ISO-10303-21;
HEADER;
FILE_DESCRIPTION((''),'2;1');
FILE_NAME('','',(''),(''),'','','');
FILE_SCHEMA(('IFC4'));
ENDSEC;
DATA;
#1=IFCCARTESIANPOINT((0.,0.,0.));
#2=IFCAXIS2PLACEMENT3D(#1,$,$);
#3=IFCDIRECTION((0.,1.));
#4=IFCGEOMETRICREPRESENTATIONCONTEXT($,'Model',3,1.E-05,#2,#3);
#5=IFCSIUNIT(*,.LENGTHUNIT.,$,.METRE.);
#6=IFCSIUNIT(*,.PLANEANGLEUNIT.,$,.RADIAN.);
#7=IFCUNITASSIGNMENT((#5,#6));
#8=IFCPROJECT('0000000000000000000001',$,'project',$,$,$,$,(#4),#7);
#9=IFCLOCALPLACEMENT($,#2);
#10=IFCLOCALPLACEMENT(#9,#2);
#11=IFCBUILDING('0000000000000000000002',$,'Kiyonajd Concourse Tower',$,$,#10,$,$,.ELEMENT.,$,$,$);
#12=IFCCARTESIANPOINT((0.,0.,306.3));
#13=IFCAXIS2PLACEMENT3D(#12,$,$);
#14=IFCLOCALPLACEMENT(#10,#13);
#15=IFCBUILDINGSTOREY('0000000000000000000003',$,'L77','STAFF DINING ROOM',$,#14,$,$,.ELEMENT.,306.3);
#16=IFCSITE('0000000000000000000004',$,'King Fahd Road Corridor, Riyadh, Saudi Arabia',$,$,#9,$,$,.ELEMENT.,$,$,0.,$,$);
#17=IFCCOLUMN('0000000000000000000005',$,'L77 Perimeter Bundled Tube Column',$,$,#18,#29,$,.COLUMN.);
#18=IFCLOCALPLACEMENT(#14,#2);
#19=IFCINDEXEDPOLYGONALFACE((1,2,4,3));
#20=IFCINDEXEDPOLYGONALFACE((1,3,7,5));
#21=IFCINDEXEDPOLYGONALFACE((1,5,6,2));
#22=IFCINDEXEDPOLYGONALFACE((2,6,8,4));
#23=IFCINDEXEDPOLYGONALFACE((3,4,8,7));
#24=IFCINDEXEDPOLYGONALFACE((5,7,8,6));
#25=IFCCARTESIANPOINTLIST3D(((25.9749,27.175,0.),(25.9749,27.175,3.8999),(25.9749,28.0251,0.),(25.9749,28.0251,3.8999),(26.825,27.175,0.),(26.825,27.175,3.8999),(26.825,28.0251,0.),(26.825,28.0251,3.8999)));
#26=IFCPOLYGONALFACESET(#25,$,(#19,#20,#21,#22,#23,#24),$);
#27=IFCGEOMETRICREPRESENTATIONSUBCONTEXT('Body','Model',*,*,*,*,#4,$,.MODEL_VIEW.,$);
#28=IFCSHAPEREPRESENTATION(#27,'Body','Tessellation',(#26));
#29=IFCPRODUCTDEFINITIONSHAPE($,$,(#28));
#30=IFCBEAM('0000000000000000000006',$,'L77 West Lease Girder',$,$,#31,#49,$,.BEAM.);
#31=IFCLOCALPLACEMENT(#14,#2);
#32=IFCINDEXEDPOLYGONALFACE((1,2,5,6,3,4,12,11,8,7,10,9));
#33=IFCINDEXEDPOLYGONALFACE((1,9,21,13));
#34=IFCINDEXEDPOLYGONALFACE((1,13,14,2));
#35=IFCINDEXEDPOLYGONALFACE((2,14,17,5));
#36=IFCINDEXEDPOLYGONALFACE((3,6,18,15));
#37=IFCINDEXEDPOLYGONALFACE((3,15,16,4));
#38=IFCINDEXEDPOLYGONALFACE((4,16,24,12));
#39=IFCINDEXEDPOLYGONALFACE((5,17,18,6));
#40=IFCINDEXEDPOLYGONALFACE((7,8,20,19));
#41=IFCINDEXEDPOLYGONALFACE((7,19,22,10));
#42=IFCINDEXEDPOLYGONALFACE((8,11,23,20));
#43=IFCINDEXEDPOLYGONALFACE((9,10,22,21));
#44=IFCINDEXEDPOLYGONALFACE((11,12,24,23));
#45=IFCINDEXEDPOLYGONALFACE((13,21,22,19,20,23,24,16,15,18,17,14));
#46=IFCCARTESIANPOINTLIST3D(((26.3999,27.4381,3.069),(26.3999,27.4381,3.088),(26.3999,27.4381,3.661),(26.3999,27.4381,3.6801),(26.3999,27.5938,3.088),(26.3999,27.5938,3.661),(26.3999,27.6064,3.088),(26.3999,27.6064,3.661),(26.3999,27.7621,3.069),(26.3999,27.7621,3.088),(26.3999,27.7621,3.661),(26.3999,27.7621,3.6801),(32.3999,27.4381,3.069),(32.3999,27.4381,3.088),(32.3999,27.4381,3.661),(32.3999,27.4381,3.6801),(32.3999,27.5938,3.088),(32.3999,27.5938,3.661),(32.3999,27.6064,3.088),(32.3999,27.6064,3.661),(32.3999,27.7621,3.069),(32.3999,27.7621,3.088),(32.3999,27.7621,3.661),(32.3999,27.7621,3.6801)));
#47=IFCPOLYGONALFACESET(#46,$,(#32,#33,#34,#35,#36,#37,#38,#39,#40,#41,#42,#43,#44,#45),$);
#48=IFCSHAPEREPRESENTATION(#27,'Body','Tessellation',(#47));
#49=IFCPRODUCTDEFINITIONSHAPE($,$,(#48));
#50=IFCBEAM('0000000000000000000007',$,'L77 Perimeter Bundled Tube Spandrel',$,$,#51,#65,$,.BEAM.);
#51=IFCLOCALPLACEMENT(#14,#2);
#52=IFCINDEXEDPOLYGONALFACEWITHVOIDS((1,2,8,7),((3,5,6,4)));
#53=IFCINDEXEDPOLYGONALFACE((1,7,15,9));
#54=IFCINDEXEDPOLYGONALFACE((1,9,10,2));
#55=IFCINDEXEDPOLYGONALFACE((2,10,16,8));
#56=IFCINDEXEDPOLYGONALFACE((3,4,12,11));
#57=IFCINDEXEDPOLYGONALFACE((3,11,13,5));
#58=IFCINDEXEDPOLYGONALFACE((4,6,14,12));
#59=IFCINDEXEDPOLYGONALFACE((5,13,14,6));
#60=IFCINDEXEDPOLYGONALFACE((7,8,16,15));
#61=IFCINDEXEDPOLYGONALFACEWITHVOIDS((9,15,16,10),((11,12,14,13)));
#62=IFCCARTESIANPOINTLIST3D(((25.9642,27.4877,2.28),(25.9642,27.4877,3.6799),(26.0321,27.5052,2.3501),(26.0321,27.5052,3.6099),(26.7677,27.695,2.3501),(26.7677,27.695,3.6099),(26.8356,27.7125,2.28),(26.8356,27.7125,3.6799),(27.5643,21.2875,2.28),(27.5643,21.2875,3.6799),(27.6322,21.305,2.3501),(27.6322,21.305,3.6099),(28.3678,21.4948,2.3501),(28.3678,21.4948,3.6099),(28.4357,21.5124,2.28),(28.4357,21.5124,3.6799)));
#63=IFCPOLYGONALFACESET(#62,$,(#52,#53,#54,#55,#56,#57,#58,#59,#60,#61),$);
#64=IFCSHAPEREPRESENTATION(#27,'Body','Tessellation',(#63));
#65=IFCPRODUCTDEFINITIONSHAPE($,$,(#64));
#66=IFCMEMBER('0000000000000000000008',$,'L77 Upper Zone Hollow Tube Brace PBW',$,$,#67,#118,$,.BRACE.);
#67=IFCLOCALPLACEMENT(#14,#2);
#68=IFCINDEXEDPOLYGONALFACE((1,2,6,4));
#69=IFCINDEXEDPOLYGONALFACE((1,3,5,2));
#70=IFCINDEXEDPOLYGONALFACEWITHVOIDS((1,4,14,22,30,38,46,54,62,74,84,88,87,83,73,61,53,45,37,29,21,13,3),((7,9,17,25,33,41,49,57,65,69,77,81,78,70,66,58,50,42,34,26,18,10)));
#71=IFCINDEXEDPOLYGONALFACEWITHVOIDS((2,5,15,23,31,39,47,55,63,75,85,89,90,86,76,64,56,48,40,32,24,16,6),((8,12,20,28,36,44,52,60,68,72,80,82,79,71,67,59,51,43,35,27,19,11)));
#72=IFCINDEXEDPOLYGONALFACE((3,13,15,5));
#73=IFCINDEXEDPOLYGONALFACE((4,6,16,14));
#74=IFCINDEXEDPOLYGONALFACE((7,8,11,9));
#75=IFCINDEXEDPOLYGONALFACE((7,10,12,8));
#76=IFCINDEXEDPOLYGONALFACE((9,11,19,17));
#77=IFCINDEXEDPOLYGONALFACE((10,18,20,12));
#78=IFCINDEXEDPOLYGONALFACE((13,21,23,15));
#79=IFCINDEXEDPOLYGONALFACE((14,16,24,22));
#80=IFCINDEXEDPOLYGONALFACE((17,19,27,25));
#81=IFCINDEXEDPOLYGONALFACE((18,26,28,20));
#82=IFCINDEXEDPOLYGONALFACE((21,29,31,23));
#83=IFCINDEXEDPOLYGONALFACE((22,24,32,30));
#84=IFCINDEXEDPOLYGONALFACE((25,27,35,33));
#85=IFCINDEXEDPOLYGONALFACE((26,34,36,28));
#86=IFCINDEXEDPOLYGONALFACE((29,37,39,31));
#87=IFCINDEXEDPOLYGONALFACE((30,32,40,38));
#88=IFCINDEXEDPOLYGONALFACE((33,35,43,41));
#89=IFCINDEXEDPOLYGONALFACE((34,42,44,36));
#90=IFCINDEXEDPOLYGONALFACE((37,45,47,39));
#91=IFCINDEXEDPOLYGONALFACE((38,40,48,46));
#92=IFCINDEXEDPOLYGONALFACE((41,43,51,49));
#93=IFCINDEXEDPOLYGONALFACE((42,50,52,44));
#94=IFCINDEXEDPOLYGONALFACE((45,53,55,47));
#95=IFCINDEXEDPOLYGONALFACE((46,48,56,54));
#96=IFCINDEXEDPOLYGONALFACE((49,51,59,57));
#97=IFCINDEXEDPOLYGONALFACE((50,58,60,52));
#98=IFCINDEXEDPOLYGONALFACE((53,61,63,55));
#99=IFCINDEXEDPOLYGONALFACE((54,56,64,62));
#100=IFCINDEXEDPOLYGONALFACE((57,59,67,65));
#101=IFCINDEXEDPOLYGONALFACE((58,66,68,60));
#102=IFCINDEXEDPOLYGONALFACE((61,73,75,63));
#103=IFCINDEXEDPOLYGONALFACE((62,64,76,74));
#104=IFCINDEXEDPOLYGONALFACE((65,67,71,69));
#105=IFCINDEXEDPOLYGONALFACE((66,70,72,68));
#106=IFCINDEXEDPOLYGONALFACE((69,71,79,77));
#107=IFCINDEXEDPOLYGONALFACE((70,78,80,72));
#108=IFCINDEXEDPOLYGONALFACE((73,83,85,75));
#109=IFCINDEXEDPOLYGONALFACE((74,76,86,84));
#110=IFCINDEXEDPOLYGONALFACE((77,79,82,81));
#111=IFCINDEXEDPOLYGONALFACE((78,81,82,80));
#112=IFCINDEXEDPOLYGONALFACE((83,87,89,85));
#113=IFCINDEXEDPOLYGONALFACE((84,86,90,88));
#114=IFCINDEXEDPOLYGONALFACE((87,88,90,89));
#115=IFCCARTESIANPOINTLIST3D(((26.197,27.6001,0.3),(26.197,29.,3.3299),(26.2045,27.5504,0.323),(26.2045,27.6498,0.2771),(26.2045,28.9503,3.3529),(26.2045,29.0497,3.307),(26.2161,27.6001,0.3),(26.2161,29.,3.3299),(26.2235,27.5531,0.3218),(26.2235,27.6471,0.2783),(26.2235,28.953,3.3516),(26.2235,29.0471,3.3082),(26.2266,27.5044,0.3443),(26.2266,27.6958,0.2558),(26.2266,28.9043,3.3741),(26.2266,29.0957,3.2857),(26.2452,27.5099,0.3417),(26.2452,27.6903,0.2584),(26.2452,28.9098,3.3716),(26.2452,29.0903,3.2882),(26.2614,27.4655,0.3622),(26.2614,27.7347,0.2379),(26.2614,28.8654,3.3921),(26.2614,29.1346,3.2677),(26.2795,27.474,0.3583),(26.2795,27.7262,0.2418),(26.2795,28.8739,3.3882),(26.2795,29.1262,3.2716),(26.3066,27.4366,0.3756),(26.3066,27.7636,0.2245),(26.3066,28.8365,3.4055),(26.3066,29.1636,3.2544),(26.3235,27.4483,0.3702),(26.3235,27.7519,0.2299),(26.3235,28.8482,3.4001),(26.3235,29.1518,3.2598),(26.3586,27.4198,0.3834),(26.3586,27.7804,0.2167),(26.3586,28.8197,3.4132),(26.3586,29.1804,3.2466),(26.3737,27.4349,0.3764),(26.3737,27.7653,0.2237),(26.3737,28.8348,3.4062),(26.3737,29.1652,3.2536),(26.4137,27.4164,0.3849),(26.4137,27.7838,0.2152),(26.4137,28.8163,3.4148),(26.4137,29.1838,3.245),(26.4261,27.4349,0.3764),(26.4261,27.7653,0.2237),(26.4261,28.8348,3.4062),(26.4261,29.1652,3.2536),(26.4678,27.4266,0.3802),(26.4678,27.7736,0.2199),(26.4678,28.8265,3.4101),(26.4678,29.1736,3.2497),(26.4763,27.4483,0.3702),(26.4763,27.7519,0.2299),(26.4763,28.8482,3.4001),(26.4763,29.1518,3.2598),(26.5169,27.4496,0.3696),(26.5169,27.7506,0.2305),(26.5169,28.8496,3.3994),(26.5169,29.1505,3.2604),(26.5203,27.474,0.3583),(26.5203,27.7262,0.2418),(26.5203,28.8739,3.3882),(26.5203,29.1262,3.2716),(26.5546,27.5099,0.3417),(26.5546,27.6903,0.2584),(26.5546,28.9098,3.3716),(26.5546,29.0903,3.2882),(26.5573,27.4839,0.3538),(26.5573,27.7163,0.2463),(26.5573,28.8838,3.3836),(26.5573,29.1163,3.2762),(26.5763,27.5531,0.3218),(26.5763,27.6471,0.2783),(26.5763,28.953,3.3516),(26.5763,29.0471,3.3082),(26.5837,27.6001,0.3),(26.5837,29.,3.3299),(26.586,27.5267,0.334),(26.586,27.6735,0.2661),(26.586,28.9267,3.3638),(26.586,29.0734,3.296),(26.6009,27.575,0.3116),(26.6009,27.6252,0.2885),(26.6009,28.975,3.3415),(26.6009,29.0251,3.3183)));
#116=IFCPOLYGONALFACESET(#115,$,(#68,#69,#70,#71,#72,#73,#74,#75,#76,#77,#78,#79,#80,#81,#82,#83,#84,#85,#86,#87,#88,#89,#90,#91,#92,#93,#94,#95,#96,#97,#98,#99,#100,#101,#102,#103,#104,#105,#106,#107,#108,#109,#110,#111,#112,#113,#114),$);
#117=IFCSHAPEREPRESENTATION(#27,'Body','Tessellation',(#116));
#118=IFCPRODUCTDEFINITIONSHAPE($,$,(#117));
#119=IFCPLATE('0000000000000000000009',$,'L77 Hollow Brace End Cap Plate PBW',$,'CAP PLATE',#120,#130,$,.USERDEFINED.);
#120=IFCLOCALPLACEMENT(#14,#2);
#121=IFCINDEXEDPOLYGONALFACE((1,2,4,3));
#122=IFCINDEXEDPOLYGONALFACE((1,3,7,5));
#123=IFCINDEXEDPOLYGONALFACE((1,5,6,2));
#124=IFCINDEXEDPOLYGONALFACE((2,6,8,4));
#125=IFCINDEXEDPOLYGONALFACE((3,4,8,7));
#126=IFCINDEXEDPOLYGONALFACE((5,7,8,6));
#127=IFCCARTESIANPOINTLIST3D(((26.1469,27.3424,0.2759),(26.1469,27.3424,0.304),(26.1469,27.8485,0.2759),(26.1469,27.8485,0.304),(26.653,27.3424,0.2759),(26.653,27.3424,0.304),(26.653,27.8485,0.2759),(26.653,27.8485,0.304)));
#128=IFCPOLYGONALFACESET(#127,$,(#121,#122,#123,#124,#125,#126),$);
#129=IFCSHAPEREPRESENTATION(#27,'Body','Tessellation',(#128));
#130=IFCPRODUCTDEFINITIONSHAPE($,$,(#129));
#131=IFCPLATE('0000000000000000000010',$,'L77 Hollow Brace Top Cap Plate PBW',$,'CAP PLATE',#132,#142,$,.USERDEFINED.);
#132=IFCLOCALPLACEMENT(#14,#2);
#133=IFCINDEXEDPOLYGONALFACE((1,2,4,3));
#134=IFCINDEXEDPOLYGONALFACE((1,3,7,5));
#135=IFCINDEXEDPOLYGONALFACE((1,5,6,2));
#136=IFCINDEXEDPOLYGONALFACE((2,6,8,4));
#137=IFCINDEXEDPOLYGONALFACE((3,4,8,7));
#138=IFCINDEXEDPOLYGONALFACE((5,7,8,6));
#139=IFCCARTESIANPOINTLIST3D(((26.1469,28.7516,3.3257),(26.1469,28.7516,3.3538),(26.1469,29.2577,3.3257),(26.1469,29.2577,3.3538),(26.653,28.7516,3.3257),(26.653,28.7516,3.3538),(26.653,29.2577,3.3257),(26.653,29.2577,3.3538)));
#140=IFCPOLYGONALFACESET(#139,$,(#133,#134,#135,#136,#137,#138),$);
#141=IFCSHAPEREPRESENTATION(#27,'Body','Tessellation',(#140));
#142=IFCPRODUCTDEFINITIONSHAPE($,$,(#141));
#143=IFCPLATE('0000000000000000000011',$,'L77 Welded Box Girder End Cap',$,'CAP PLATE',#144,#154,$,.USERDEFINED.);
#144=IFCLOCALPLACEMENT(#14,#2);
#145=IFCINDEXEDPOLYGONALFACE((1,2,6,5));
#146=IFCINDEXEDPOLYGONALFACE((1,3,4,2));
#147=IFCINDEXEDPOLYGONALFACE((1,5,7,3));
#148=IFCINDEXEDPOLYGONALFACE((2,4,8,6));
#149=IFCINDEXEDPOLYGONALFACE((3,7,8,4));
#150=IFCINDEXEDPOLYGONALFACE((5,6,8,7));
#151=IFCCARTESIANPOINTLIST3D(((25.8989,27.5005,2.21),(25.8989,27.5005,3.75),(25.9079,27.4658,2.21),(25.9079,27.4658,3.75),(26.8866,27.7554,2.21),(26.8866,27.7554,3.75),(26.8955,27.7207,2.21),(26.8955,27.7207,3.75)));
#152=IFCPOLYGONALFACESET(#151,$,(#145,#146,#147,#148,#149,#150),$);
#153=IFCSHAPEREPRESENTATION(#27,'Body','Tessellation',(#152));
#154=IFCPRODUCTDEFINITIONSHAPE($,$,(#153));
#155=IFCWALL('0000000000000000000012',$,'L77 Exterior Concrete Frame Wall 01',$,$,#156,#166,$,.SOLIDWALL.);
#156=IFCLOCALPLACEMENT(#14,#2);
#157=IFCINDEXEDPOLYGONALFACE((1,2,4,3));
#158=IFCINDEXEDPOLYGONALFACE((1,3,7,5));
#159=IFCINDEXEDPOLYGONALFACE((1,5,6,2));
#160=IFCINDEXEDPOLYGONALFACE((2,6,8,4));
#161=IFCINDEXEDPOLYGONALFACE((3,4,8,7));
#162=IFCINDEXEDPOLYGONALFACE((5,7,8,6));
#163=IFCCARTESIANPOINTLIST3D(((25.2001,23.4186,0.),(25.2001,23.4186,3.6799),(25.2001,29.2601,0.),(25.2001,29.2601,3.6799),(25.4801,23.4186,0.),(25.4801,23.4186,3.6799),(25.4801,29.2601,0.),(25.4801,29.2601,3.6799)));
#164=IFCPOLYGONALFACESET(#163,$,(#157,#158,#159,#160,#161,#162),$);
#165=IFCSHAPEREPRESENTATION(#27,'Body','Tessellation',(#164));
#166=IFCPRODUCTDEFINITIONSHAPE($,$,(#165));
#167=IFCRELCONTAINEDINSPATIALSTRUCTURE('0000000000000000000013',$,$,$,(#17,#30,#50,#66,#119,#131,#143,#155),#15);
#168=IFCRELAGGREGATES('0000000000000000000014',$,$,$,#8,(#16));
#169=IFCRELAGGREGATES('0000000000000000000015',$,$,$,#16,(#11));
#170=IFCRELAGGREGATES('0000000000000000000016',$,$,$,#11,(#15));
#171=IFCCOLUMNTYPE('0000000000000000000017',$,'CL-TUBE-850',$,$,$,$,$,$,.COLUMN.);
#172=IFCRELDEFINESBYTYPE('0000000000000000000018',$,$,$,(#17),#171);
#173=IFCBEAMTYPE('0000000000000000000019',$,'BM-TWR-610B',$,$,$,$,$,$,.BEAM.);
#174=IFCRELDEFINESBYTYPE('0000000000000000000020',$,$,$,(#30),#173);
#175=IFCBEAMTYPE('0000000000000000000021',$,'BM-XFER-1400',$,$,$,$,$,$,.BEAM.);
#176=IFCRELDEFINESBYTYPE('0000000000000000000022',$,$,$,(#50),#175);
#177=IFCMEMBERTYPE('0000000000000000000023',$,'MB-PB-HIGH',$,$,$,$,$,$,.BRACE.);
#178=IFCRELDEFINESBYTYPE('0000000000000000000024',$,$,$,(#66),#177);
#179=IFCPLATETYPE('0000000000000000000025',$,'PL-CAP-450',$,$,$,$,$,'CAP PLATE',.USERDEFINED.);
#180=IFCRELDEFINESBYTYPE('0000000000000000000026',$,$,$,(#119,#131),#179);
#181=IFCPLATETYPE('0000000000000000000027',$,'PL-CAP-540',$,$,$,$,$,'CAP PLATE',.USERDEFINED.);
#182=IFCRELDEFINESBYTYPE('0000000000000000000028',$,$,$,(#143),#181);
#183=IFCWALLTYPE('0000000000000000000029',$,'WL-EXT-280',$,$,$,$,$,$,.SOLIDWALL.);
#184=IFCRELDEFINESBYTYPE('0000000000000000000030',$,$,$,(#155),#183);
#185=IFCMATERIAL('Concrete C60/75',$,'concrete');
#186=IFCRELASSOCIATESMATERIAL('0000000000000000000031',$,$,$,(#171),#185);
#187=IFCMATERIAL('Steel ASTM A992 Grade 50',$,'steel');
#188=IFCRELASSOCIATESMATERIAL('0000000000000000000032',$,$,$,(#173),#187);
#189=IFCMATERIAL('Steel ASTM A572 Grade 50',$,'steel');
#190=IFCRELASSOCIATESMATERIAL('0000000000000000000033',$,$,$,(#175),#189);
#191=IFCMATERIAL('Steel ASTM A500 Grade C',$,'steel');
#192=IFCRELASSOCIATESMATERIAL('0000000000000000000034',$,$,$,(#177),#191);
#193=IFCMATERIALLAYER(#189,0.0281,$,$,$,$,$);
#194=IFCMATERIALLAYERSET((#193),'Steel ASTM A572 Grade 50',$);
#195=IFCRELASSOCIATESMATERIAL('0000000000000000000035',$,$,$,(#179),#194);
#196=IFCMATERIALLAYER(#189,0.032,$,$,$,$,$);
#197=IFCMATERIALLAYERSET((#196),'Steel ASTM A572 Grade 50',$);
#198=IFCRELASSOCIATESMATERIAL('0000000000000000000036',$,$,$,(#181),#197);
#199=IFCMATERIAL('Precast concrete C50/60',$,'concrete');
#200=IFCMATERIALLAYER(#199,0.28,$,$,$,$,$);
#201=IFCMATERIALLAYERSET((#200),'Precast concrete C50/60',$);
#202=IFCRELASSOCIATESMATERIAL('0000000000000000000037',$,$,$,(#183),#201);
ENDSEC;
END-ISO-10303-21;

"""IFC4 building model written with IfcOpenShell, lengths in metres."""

from ifc_helpers import new_model, si_unit, direction, frame, frame_2d, origin, origin_2d, place, context, subcontext, project, spatial, rectangle, hollow_rectangle, hollow_circle, i_section, extrude, material, layer, layer_set, material_profile, profile_set, type_object, element, save


model = new_model("IFC4")

# Units and contexts
model_context = context("Model", 3, precision=1e-05, world=origin(), true_north=direction((0.0, 1.0)))
body_context = subcontext(model_context, "Body", "Model", "MODEL_VIEW")
ifc_project = project(units=[si_unit("LENGTHUNIT", "METRE"), si_unit("PLANEANGLEUNIT", "RADIAN")], contexts=[model_context])

# Site, building, storey
site_placement = place(None, origin())
site = spatial("IfcSite", under=ifc_project, at=site_placement, Name="King Fahd Road Corridor, Riyadh, Saudi Arabia", CompositionType="ELEMENT", RefElevation=0.0)
building_placement = place(site_placement, origin())
building = spatial("IfcBuilding", under=site, at=building_placement, Name="Kiyonajd Concourse Tower", CompositionType="ELEMENT")
storey_placement = place(building_placement, frame((0.0, 0.0, 306.3)))
storey = spatial("IfcBuildingStorey", under=building, at=storey_placement, Name="L77", Description="STAFF DINING ROOM", CompositionType="ELEMENT", Elevation=306.3)

# Column
ifc_material_1 = material(Name="Concrete C60/75", Category="concrete")
ifc_material_profile_1 = material_profile(ifc_material_1, rectangle(XDim=0.8501, YDim=0.8501, at=origin_2d()), Name="RC-850x850")
ifc_profile_set_1 = profile_set([ifc_material_profile_1], Name="Concrete C60/75")
column_type = type_object("IfcColumnType", Name="CL-TUBE-850", PredefinedType="COLUMN", material=ifc_profile_set_1)
column_placement = place(storey_placement, frame((26.3999, 27.6001, 0.0), z_axis=(0.0, 0.0, 1.0), x_axis=(1.0, 0.0, 0.0)))
element("IfcColumn", 1, at=column_placement, inside=storey, type_object=column_type, Name="L77 Perimeter Bundled Tube Column", PredefinedType="COLUMN", context=body_context, shape_type="SweptSolid", body=[
    extrude(rectangle(XDim=0.8501, YDim=0.8501, at=origin_2d()), origin(), (0.0, 0.0, 1.0), 3.8999),
])

# Beams
ifc_material_2 = material(Name="Steel ASTM A992 Grade 50", Category="steel")
ifc_material_profile_2 = material_profile(ifc_material_2, i_section(OverallWidth=0.324, OverallDepth=0.6111, WebThickness=0.0127, FlangeThickness=0.019, at=origin_2d()), Name="W610X155")
ifc_profile_set_2 = profile_set([ifc_material_profile_2], Name="Steel ASTM A992 Grade 50")
beam_type_1 = type_object("IfcBeamType", Name="BM-TWR-610B", PredefinedType="BEAM", material=ifc_profile_set_2)
beam_1_placement = place(storey_placement, frame((26.3999, 27.6001, 3.3745), z_axis=(1.0, 0.0, 0.0), x_axis=(0.0, 1.0, 0.0)))
element("IfcBeam", 2, at=beam_1_placement, inside=storey, type_object=beam_type_1, Name="L77 West Lease Girder", PredefinedType="BEAM", context=body_context, shape_type="SweptSolid", body=[
    extrude(i_section(OverallWidth=0.324, OverallDepth=0.6111, WebThickness=0.0127, FlangeThickness=0.019, at=origin_2d()), origin(), (0.0, 0.0, 1.0), 6.0),
])
ifc_material_3 = material(Name="Steel ASTM A572 Grade 50", Category="steel")
ifc_material_profile_3 = material_profile(ifc_material_3, hollow_rectangle(XDim=0.8999, YDim=1.3999, WallThickness=0.0701, at=origin_2d()), Name="BOX-1400x900x70")
ifc_profile_set_3 = profile_set([ifc_material_profile_3], Name="Steel ASTM A572 Grade 50")
beam_type_2 = type_object("IfcBeamType", Name="BM-XFER-1400", PredefinedType="BEAM", material=ifc_profile_set_3)
beam_2_placement = place(storey_placement, frame((26.3999, 27.6001, 2.98), z_axis=(0.249885, -0.968276, 0.0), x_axis=(0.968276, 0.249885, 0.0)))
element("IfcBeam", 3, at=beam_2_placement, inside=storey, type_object=beam_type_2, Name="L77 Perimeter Bundled Tube Spandrel", PredefinedType="BEAM", context=body_context, shape_type="SweptSolid", body=[
    extrude(hollow_rectangle(XDim=0.8999, YDim=1.3999, WallThickness=0.0701, at=origin_2d()), origin(), (0.0, 0.0, 1.0), 6.4033),
])

# Member
ifc_material_4 = material(Name="Steel ASTM A500 Grade C", Category="steel")
ifc_material_profile_4 = material_profile(ifc_material_4, hollow_circle(Radius=0.2029, WallThickness=0.019, at=origin_2d()), Name="CHS-406x19")
ifc_profile_set_4 = profile_set([ifc_material_profile_4], Name="Steel ASTM A500 Grade C")
member_type = type_object("IfcMemberType", Name="MB-PB-HIGH", PredefinedType="BRACE", material=ifc_profile_set_4)
member_placement = place(storey_placement, frame((26.3999, 27.6001, 0.3), z_axis=(0.0, 0.419439, 0.907784), x_axis=(-1.0, 0.0, 0.0)))
element("IfcMember", 4, at=member_placement, inside=storey, type_object=member_type, Name="L77 Upper Zone Hollow Tube Brace PBW", PredefinedType="BRACE", context=body_context, shape_type="SweptSolid", body=[
    extrude(hollow_circle(Radius=0.2029, WallThickness=0.019, at=origin_2d()), origin(), (0.0, 0.0, 1.0), 3.3376),
])

# Plates
ifc_layer_1 = layer(ifc_material_3, 0.0281)
ifc_layer_set_1 = layer_set([ifc_layer_1], Name="Steel ASTM A572 Grade 50")
plate_type_1 = type_object("IfcPlateType", Name="PL-CAP-450", ElementType="CAP PLATE", PredefinedType="USERDEFINED", material=ifc_layer_set_1)
for number, where, z_axis, x_axis, name in (
    (5, (26.3999, 27.5955, 0.2759), (0.0, 0.0, 1.0), (1.0, 0.0, 0.0), "L77 Hollow Brace End Cap Plate PBW"),
    (6, (26.3999, 29.0046, 3.3257), (0.0, 0.0, 1.0), (1.0, 0.0, 0.0), "L77 Hollow Brace Top Cap Plate PBW"),
):
    element("IfcPlate", number, at=place(storey_placement, frame(where, z_axis=z_axis, x_axis=x_axis)), inside=storey, type_object=plate_type_1, Name=name, ObjectType="CAP PLATE", PredefinedType="USERDEFINED", context=body_context, shape_type="SweptSolid", body=[
        extrude(rectangle(XDim=0.5061, YDim=0.5061, at=origin_2d()), origin(), (0.0, 0.0, 1.0), 0.0281),
    ])
ifc_layer_2 = layer(ifc_material_3, 0.032)
ifc_layer_set_2 = layer_set([ifc_layer_2], Name="Steel ASTM A572 Grade 50")
plate_type_2 = type_object("IfcPlateType", Name="PL-CAP-540", ElementType="CAP PLATE", PredefinedType="USERDEFINED", material=ifc_layer_set_2)
plate_placement = place(storey_placement, frame((26.3972, 27.6106, 2.21), z_axis=(0.0, 0.0, 1.0), x_axis=(-0.249873, 0.968279, 0.0)))
element("IfcPlate", 7, at=plate_placement, inside=storey, type_object=plate_type_2, Name="L77 Welded Box Girder End Cap", ObjectType="CAP PLATE", PredefinedType="USERDEFINED", context=body_context, shape_type="SweptSolid", body=[
    extrude(rectangle(XDim=0.0359, YDim=1.02, at=origin_2d()), origin(), (0.0, 0.0, 1.0), 1.54),
])

# Wall
ifc_material_5 = material(Name="Precast concrete C50/60", Category="concrete")
ifc_layer_3 = layer(ifc_material_5, 0.28)
ifc_layer_set_3 = layer_set([ifc_layer_3], Name="Precast concrete C50/60")
wall_type_1 = type_object("IfcWallType", Name="WL-EXT-280", PredefinedType="SOLIDWALL", material=ifc_layer_set_3)
wall_1_placement = place(storey_placement, frame((25.3401, 23.4185, 0.0), z_axis=(0.0, 0.0, 1.0), x_axis=(0.0, 1.0, 0.0)))
element("IfcWall", 8, at=wall_1_placement, inside=storey, type_object=wall_type_1, Name="L77 Exterior Concrete Frame Wall 01", PredefinedType="SOLIDWALL", context=body_context, shape_type="SweptSolid", body=[
    extrude(rectangle(XDim=5.8416, YDim=0.28, at=frame_2d((2.9209, 0.0))), origin(), (0.0, 0.0, 1.0), 3.6799),
])

save(model, "model.ifc")
